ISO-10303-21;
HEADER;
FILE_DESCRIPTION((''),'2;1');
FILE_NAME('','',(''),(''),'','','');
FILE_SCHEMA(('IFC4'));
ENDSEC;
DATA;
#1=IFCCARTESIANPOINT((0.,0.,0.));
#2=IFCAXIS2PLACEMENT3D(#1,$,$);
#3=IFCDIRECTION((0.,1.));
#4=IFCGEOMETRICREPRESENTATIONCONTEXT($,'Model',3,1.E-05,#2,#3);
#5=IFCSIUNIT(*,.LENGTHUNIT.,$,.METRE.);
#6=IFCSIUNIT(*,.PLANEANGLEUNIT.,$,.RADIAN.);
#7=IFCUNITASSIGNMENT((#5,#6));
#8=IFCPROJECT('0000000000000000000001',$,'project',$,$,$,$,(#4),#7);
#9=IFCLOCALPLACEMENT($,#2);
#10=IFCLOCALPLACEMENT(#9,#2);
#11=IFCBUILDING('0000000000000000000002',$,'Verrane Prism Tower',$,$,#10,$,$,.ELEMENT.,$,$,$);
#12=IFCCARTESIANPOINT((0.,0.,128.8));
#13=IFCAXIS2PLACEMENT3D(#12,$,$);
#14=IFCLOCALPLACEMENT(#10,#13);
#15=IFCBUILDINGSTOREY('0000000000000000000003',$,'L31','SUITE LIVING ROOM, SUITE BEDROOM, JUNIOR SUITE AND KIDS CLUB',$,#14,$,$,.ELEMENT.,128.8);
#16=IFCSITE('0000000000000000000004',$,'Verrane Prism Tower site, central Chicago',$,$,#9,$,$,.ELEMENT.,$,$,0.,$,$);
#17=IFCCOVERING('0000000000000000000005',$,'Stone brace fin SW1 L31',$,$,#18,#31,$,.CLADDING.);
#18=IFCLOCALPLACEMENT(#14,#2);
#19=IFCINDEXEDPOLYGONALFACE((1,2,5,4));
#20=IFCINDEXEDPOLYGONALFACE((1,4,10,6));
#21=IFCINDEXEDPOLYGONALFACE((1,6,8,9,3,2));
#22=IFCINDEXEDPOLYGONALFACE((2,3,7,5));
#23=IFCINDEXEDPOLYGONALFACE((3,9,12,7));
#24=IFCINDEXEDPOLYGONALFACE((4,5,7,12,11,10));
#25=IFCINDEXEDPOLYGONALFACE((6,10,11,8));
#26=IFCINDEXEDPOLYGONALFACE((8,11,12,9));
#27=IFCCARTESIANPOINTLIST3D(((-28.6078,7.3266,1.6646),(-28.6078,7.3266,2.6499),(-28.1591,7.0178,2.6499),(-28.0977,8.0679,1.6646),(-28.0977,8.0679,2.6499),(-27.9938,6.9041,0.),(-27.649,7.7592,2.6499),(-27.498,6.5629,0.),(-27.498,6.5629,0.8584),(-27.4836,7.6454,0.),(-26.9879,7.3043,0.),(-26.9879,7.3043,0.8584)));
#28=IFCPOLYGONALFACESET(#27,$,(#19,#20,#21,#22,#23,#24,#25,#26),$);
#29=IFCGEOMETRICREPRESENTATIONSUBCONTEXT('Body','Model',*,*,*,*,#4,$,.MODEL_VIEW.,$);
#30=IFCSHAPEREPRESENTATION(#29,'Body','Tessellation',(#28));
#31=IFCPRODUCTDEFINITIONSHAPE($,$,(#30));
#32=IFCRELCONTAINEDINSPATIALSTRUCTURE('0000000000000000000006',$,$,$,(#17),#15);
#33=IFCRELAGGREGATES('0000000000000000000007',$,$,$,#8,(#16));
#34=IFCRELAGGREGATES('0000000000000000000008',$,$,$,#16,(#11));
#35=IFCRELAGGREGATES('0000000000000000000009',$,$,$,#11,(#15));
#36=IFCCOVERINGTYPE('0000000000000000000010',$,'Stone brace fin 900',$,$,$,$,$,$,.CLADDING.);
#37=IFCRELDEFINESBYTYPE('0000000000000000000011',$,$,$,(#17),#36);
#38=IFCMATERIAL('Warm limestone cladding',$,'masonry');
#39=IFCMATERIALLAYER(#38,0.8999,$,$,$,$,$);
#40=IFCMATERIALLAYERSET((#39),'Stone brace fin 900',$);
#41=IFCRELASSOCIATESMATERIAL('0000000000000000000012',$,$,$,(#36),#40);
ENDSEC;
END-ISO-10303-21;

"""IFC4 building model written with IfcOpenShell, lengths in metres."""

from ifc_helpers import new_model, si_unit, direction, frame, origin, place, context, subcontext, project, spatial, polyline, outline, extrude, material, layer, layer_set, type_object, element, save


model = new_model("IFC4")

# Units and contexts
model_context = context("Model", 3, precision=1e-05, world=origin(), true_north=direction((0.0, 1.0)))
body_context = subcontext(model_context, "Body", "Model", "MODEL_VIEW")
ifc_project = project(units=[si_unit("LENGTHUNIT", "METRE"), si_unit("PLANEANGLEUNIT", "RADIAN")], contexts=[model_context])

# Site, building, storey
site_placement = place(None, origin())
site = spatial("IfcSite", under=ifc_project, at=site_placement, Name="Verrane Prism Tower site, central Chicago", CompositionType="ELEMENT", RefElevation=0.0)
building_placement = place(site_placement, origin())
building = spatial("IfcBuilding", under=site, at=building_placement, Name="Verrane Prism Tower", CompositionType="ELEMENT")
storey_placement = place(building_placement, frame((0.0, 0.0, 128.8)))
storey = spatial("IfcBuildingStorey", under=building, at=storey_placement, Name="L31", Description="SUITE LIVING ROOM, SUITE BEDROOM, JUNIOR SUITE AND KIDS CLUB", CompositionType="ELEMENT", Elevation=128.8)

# Covering
ifc_material_1 = material(Name="Warm limestone cladding", Category="masonry")
ifc_layer_1 = layer(ifc_material_1, 0.8999)
ifc_layer_set_1 = layer_set([ifc_layer_1], Name="Stone brace fin 900")
covering_type = type_object("IfcCoveringType", Name="Stone brace fin 900", PredefinedType="CLADDING", material=ifc_layer_set_1)
covering_placement = place(storey_placement, frame((-27.2429, 6.9336, 0.0), z_axis=(0.0, 0.0, 1.0), x_axis=(-0.82382, 0.566852, 0.0)))
element("IfcCovering", 1, at=covering_placement, inside=storey, type_object=covering_type, Name="Stone brace fin SW1 L31", PredefinedType="CLADDING", context=body_context, shape_type="SweptSolid", body=[
    extrude(outline(polyline([(1.3472, 2.6499), (0.8025, 2.6499), (0.0, 0.8584), (0.0, 0.0), (0.6018, 0.0), (1.3472, 1.6646), (1.3472, 2.6499)])), frame((0.0, 0.45, 0.0), z_axis=(0.0, -1.0, 0.0), x_axis=(1.0, 0.0, 0.0)), (0.0, 0.0, 1.0), 0.8999),
])

save(model, "model.ifc")
